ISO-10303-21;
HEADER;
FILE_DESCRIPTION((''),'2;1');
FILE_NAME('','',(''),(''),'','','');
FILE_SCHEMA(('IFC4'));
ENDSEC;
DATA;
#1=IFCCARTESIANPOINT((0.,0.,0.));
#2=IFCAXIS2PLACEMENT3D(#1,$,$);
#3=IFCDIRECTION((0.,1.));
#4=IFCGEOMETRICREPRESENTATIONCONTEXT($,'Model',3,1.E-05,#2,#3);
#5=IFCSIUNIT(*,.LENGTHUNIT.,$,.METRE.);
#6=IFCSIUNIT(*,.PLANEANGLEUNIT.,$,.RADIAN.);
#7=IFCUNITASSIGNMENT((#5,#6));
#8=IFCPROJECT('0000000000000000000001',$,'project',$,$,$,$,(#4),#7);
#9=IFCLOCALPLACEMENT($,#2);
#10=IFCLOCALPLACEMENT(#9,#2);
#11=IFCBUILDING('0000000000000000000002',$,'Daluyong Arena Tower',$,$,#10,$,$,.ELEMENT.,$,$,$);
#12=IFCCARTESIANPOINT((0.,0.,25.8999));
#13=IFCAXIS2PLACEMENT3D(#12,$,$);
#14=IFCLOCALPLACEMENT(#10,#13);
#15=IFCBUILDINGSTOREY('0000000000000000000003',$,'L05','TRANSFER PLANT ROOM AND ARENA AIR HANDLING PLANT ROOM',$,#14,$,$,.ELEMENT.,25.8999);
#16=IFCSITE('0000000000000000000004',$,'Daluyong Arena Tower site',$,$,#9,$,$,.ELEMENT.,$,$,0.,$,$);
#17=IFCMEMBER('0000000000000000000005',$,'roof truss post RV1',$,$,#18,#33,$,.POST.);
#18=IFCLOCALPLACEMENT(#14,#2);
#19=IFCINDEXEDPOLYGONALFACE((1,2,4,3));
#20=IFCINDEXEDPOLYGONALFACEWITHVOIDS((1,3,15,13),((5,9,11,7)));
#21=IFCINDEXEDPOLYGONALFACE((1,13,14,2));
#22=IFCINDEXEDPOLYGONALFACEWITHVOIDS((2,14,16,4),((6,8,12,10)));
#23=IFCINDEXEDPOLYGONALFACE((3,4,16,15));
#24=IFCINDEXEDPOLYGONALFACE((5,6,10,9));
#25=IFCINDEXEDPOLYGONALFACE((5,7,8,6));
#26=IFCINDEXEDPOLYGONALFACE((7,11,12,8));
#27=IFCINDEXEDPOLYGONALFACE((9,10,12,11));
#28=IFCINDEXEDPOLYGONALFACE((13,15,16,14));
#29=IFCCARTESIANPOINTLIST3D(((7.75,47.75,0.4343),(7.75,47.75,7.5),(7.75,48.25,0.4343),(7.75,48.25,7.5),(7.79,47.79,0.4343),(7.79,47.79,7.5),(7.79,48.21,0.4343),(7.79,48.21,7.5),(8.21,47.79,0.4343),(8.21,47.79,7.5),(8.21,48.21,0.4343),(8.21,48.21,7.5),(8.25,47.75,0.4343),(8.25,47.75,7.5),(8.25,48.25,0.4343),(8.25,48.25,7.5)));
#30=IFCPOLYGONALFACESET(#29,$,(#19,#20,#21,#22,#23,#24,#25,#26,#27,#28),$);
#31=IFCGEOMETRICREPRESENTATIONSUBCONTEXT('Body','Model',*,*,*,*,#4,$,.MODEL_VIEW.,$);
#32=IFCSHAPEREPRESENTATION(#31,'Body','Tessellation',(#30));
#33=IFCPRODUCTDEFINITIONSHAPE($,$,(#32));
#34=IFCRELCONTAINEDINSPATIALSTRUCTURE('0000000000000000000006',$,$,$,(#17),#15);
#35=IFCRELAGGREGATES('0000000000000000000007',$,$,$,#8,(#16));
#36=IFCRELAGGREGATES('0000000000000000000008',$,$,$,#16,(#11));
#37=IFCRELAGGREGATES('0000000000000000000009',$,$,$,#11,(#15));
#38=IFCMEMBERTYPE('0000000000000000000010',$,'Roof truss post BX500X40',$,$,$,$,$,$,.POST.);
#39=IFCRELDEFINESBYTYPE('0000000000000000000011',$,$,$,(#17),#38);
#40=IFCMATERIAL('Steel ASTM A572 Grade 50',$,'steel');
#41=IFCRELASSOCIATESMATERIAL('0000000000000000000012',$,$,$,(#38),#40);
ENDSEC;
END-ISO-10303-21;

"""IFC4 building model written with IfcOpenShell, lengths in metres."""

from ifc_helpers import new_model, si_unit, direction, frame, origin, origin_2d, place, context, subcontext, project, spatial, hollow_rectangle, extrude, material, material_profile, profile_set, type_object, element, save


model = new_model("IFC4")

# Units and contexts
model_context = context("Model", 3, precision=1e-05, world=origin(), true_north=direction((0.0, 1.0)))
body_context = subcontext(model_context, "Body", "Model", "MODEL_VIEW")
ifc_project = project(units=[si_unit("LENGTHUNIT", "METRE"), si_unit("PLANEANGLEUNIT", "RADIAN")], contexts=[model_context])

# Site, building, storey
site_placement = place(None, origin())
site = spatial("IfcSite", under=ifc_project, at=site_placement, Name="Daluyong Arena Tower site", CompositionType="ELEMENT", RefElevation=0.0)
building_placement = place(site_placement, origin())
building = spatial("IfcBuilding", under=site, at=building_placement, Name="Daluyong Arena Tower", CompositionType="ELEMENT")
storey_placement = place(building_placement, frame((0.0, 0.0, 25.8999)))
storey = spatial("IfcBuildingStorey", under=building, at=storey_placement, Name="L05", Description="TRANSFER PLANT ROOM AND ARENA AIR HANDLING PLANT ROOM", CompositionType="ELEMENT", Elevation=25.8999)

# Member
ifc_material_1 = material(Name="Steel ASTM A572 Grade 50", Category="steel")
ifc_material_profile_1 = material_profile(ifc_material_1, hollow_rectangle(XDim=0.5, YDim=0.5, WallThickness=0.04, at=origin_2d()))
ifc_profile_set_1 = profile_set([ifc_material_profile_1], Name="Steel ASTM A572 Grade 50")
member_type_1 = type_object("IfcMemberType", Name="Roof truss post BX500X40", PredefinedType="POST", material=ifc_profile_set_1)
for number, where, z_axis, x_axis, name in (
    (1, (8.0, 48.0, 0.4343), (0.0, 0.0, 1.0), (1.0, 0.0, 0.0), "roof truss post RV1"),
):
    element("IfcMember", number, at=place(storey_placement, frame(where, z_axis=z_axis, x_axis=x_axis)), inside=storey, type_object=member_type_1, Name=name, PredefinedType="POST", context=body_context, shape_type="SweptSolid", body=[
        extrude(hollow_rectangle(XDim=0.5, YDim=0.5, WallThickness=0.04, at=origin_2d()), origin(), (0.0, 0.0, 1.0), 7.0657),
    ])

save(model, "model.ifc")
